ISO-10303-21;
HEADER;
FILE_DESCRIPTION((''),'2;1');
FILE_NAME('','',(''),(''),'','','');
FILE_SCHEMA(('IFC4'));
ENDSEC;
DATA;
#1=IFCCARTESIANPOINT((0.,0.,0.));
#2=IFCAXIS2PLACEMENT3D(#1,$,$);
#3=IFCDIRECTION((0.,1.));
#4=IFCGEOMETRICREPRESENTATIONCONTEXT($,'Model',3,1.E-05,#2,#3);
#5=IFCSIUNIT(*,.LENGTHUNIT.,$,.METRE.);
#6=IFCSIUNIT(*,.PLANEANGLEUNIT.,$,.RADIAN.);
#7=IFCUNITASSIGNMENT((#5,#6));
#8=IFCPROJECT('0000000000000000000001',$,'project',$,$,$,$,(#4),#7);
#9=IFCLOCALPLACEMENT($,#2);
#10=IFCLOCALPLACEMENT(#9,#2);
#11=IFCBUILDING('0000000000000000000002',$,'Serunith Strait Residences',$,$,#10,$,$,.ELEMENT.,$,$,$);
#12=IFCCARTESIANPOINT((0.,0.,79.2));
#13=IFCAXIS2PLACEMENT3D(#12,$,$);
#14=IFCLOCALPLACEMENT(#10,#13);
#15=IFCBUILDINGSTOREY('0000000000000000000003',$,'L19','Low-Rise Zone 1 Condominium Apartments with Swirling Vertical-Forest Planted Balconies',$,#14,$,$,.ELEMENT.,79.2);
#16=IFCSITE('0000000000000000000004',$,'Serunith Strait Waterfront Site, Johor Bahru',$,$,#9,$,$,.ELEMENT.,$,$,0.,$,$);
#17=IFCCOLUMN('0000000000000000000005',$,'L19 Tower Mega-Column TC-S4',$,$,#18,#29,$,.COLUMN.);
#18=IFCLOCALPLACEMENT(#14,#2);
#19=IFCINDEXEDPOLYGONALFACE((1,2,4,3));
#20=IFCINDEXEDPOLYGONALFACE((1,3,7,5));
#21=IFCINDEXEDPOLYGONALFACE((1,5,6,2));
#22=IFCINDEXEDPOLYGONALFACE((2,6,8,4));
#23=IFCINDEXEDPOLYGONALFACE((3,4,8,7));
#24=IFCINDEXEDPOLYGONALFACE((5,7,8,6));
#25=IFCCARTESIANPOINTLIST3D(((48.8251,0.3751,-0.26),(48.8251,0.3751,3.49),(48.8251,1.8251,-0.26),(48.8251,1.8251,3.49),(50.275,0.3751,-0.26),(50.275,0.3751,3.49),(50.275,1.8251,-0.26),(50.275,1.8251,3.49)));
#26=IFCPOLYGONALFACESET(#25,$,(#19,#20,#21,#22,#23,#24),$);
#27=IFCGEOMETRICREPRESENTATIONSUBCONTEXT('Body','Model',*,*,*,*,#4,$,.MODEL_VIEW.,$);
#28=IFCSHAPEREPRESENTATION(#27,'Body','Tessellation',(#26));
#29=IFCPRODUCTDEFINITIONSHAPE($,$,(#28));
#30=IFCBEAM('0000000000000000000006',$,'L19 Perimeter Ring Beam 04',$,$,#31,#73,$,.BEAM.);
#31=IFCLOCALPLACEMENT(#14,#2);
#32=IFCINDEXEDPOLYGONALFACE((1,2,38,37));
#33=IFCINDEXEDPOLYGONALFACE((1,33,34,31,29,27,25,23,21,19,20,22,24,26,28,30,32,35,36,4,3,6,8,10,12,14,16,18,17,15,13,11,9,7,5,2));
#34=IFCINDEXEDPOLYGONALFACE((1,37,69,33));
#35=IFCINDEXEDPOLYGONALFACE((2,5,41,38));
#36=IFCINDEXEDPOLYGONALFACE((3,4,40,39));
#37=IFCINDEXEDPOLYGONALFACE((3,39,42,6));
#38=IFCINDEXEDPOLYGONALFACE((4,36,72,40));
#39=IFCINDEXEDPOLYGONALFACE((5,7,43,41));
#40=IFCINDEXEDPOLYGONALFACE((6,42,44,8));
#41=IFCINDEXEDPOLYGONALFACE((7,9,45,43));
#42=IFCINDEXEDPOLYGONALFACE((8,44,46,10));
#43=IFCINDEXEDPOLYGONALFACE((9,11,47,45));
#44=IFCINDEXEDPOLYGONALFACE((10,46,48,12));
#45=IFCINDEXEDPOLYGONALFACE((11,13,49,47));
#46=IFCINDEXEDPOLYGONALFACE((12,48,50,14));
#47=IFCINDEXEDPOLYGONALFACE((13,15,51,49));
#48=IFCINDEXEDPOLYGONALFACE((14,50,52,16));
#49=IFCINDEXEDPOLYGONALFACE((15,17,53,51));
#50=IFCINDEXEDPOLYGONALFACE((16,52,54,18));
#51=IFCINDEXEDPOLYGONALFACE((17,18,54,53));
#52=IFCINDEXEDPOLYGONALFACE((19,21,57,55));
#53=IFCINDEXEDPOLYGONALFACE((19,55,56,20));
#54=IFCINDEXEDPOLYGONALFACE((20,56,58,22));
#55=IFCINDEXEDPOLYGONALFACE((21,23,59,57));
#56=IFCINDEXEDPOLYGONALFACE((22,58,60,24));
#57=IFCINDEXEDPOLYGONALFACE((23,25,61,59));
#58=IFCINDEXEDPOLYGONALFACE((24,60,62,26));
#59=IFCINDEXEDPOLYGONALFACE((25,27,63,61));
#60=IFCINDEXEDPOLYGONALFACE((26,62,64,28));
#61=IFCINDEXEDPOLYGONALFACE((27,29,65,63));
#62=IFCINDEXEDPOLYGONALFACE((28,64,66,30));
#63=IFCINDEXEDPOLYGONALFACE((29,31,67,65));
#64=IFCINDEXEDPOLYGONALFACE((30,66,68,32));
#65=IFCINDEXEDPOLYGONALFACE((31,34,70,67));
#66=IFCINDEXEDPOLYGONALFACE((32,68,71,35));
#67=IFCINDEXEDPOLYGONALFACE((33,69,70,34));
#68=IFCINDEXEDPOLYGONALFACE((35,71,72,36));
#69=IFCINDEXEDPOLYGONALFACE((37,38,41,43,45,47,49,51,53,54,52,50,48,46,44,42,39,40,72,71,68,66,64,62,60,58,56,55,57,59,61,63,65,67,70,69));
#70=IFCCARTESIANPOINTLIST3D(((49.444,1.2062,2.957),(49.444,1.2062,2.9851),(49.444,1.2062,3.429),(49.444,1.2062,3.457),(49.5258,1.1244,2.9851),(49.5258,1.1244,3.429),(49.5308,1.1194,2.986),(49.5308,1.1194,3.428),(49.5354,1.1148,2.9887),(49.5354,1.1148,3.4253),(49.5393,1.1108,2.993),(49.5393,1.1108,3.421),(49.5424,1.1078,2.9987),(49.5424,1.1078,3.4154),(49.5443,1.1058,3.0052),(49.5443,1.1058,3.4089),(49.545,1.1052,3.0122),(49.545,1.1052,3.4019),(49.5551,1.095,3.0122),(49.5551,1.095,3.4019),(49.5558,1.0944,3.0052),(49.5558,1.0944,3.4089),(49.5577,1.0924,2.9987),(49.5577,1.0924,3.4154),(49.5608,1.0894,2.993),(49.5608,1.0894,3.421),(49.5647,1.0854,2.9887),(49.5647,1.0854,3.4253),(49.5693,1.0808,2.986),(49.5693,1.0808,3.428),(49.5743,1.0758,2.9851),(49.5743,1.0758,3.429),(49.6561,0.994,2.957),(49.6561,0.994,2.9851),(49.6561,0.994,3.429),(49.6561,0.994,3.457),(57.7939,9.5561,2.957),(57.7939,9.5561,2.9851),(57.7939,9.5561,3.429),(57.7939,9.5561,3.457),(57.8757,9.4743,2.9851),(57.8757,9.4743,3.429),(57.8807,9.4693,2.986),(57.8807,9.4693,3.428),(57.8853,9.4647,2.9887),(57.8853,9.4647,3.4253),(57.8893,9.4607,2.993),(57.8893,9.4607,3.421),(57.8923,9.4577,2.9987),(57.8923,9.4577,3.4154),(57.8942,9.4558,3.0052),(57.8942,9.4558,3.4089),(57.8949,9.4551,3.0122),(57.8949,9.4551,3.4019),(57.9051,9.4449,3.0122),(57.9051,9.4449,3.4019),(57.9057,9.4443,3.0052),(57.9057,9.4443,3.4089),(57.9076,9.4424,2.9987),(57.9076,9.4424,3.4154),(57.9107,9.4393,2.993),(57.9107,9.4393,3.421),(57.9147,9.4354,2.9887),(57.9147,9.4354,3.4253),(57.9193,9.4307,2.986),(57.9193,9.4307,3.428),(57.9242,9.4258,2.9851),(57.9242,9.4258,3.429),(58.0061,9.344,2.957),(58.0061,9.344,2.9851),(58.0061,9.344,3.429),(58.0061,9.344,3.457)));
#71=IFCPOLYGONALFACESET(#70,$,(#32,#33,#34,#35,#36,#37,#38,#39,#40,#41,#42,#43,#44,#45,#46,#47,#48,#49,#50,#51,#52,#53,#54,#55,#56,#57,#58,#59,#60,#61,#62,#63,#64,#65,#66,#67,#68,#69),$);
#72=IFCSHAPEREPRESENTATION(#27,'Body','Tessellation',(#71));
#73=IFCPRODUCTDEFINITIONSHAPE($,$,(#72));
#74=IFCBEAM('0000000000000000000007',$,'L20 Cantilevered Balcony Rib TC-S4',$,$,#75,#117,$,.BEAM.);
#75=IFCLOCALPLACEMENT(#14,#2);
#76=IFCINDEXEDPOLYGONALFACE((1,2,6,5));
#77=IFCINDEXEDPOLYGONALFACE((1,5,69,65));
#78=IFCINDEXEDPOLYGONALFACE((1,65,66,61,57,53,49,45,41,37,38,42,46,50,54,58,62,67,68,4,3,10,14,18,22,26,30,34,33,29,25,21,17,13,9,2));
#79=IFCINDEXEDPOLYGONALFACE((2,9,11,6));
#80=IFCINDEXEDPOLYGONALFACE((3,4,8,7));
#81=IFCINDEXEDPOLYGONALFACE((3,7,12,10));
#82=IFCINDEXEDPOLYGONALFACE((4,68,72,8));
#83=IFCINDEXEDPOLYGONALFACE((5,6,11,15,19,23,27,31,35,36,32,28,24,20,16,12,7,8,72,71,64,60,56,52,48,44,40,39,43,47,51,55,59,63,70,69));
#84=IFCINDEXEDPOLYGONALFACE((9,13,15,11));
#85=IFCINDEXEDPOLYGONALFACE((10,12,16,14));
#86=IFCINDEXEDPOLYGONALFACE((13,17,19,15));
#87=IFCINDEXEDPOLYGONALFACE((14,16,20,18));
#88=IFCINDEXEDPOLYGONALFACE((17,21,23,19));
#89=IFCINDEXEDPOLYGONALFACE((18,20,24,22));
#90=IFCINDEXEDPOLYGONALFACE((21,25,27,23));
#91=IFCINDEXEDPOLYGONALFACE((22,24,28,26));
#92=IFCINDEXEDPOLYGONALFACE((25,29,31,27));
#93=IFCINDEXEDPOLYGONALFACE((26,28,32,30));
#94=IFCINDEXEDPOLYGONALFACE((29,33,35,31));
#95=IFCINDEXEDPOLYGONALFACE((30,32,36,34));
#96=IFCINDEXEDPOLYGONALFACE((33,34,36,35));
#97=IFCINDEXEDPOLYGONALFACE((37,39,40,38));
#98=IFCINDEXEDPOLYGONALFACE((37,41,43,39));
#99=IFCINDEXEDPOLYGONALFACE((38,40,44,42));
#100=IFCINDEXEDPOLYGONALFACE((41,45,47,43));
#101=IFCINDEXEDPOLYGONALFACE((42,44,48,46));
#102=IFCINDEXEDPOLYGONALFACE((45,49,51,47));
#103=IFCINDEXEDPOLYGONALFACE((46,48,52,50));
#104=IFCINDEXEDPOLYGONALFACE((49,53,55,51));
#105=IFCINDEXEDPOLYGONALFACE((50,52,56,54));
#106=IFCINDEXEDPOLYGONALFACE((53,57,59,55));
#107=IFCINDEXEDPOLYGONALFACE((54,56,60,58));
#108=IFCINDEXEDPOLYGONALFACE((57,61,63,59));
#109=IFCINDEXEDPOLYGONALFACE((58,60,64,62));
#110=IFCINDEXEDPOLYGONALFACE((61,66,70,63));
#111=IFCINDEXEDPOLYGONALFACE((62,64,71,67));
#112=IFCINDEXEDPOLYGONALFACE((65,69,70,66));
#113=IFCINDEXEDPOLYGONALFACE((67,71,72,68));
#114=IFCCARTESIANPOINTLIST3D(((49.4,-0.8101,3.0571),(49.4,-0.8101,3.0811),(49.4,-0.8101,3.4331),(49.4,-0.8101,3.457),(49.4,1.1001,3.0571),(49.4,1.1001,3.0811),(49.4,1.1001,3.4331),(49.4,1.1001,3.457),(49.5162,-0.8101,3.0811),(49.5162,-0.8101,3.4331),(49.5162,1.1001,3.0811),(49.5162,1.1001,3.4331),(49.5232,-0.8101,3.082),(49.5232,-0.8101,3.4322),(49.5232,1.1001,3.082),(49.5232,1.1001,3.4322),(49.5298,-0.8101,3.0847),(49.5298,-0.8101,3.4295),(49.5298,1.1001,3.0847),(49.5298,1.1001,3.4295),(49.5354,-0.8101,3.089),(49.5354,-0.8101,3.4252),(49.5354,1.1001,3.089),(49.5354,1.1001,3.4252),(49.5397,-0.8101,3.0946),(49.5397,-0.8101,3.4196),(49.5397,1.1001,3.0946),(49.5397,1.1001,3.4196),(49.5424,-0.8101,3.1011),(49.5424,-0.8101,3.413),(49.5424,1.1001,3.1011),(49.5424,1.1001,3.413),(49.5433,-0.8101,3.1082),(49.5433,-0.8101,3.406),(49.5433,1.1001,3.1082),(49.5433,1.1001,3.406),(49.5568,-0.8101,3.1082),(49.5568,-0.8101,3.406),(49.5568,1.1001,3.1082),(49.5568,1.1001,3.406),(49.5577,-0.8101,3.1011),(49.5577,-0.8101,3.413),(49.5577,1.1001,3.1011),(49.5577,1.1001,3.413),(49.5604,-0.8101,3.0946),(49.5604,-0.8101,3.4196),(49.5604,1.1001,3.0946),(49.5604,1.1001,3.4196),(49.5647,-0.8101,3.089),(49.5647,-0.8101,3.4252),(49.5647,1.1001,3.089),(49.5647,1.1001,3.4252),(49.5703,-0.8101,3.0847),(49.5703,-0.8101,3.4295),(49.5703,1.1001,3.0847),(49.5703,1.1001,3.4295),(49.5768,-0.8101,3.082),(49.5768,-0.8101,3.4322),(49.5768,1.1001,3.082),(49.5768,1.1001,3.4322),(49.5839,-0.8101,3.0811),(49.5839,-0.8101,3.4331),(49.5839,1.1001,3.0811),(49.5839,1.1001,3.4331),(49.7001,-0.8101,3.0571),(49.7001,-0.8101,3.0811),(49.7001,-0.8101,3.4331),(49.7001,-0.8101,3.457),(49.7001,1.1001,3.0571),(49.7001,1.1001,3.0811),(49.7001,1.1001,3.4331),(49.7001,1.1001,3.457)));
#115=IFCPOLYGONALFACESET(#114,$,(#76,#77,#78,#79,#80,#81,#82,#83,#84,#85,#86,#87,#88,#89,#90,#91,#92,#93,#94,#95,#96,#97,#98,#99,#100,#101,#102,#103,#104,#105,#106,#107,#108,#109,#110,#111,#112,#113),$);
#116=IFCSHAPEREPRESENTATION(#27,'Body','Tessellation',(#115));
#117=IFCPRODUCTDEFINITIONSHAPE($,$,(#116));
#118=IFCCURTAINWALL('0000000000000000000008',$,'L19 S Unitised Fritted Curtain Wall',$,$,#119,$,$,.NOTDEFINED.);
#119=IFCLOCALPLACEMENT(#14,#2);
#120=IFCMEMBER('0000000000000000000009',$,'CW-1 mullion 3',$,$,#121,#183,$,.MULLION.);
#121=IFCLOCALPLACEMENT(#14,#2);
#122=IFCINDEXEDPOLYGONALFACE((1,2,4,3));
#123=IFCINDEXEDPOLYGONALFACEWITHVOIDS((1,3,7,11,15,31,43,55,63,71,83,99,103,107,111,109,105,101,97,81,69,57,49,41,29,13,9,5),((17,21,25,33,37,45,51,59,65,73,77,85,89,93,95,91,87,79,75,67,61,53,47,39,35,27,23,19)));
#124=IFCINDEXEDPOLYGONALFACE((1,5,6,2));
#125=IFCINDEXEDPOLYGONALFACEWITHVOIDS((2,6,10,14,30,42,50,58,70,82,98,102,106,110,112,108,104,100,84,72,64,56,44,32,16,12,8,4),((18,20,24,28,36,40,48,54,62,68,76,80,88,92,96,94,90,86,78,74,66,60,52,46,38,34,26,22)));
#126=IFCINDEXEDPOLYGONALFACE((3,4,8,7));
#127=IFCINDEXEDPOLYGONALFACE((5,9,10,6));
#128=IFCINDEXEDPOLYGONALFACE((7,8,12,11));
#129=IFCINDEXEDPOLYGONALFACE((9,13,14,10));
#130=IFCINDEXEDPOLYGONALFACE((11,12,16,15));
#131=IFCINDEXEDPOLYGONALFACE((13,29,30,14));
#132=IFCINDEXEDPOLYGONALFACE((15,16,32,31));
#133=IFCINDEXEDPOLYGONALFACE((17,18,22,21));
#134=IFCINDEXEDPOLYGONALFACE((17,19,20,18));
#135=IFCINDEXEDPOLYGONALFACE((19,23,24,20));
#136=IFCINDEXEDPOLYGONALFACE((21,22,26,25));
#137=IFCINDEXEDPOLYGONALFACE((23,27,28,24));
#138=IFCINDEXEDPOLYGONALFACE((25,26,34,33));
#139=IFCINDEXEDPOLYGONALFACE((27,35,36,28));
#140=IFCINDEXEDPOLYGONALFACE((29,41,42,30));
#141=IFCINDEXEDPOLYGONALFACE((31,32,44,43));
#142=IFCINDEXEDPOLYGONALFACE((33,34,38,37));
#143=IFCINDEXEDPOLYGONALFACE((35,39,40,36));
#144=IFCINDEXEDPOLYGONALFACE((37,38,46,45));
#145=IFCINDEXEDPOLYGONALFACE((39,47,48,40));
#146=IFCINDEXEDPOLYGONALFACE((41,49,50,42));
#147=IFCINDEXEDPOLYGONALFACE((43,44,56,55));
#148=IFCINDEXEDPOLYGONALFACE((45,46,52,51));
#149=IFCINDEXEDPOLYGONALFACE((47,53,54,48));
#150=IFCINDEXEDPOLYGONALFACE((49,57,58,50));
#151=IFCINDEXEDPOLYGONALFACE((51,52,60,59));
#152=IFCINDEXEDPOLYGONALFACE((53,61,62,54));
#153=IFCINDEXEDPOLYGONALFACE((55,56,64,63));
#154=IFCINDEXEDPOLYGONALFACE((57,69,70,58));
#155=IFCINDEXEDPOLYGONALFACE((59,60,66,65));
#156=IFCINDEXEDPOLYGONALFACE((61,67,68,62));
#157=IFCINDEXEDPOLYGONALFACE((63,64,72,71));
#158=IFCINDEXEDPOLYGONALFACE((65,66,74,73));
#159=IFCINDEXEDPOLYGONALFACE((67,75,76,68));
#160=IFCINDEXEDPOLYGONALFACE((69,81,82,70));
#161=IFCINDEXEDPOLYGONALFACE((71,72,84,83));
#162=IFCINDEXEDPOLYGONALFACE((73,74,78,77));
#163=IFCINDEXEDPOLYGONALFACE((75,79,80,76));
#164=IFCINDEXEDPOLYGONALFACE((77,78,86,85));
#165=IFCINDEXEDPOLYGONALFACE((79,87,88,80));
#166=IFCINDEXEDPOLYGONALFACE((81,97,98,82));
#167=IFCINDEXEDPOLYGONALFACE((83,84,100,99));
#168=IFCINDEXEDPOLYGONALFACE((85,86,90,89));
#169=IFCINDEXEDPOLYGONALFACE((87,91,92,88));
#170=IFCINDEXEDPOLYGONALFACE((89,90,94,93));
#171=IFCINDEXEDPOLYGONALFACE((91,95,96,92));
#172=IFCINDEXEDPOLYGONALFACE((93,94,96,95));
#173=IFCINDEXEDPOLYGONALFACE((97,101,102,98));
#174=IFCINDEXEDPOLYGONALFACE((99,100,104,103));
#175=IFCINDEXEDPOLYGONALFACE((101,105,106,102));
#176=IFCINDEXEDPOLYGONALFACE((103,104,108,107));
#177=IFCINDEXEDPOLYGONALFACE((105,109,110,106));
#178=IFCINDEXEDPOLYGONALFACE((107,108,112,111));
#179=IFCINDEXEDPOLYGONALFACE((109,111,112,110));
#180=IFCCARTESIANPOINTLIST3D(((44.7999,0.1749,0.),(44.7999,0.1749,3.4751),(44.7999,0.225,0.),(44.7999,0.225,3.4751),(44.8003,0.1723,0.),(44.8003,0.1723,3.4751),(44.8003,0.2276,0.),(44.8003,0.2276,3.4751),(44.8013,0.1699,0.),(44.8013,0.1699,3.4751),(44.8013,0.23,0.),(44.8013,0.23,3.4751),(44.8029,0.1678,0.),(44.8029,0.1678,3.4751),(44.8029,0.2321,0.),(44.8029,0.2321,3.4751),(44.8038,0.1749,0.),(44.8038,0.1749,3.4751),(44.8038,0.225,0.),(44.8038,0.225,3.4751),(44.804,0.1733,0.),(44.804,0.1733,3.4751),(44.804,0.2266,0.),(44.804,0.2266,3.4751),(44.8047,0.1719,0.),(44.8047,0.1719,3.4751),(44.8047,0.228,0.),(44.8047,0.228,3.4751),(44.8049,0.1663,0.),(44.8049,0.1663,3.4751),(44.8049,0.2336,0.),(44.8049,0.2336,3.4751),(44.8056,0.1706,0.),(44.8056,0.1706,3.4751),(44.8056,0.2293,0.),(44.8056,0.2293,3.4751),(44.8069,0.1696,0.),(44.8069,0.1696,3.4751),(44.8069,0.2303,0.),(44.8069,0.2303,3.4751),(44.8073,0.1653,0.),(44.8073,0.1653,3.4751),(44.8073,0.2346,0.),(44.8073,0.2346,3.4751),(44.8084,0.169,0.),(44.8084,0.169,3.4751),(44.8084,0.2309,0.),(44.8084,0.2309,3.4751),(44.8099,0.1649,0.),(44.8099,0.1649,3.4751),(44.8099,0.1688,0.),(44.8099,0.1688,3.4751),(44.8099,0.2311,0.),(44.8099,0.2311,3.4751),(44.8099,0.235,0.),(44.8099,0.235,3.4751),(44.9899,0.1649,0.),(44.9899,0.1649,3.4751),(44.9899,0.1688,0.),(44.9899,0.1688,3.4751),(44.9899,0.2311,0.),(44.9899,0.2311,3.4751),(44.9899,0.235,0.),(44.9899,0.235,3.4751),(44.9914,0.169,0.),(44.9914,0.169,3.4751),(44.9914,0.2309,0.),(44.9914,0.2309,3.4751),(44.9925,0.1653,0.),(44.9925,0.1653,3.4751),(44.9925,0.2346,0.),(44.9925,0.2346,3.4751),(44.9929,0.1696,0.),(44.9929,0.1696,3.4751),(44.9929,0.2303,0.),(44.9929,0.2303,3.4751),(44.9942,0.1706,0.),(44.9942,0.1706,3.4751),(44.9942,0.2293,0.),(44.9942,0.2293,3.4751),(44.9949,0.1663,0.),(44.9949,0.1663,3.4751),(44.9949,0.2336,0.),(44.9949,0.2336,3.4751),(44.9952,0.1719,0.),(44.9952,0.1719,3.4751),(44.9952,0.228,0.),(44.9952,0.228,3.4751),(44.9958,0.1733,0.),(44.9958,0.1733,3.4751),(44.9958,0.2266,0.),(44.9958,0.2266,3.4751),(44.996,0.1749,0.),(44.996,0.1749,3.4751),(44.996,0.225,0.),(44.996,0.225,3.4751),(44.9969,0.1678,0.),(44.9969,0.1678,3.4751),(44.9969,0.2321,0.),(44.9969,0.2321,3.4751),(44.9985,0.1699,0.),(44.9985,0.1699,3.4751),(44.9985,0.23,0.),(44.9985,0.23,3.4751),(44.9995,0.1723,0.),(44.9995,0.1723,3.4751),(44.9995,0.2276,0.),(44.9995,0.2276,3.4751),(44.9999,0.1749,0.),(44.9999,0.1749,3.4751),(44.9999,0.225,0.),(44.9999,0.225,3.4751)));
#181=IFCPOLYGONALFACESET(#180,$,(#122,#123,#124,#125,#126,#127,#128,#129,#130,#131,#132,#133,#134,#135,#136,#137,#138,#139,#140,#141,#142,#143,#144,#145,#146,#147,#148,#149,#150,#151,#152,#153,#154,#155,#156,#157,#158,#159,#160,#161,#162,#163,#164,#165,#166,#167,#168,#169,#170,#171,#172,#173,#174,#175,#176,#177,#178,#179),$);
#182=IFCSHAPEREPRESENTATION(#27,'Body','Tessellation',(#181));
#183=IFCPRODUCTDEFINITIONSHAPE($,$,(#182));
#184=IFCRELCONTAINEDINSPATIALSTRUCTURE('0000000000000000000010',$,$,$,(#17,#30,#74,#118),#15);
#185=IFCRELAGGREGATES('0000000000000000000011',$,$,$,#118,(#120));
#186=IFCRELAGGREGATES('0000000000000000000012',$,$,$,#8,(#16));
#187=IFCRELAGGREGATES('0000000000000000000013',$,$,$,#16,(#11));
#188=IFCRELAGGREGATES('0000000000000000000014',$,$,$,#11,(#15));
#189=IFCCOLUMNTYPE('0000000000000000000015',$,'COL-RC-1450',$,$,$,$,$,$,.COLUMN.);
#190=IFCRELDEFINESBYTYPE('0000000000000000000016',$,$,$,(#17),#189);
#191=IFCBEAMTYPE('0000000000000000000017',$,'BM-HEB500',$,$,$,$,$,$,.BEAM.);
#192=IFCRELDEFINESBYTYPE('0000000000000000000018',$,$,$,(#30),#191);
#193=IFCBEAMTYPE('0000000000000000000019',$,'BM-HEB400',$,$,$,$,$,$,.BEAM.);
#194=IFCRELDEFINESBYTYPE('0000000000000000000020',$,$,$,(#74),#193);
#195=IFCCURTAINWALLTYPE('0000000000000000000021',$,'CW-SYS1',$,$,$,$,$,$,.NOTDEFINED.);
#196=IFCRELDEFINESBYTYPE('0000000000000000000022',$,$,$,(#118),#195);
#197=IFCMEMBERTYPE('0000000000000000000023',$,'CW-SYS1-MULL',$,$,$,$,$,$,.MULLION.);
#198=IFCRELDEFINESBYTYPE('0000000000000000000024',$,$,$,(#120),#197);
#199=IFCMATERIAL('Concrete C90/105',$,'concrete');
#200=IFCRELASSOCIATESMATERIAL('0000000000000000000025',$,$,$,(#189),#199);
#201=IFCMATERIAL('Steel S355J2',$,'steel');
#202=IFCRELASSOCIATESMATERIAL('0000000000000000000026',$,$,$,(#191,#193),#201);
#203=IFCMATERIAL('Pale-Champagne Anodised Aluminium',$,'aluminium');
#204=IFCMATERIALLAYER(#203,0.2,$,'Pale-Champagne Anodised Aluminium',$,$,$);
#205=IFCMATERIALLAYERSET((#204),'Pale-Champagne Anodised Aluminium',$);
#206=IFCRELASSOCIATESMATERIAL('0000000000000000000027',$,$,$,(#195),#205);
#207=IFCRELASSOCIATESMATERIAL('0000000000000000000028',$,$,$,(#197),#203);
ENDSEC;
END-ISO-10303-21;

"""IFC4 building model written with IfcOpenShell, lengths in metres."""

from ifc_helpers import new_model, si_unit, direction, frame, origin, origin_2d, place, context, subcontext, project, spatial, rectangle, hollow_rectangle, i_section, extrude, source, transform, mapped, material, layer, layer_set, material_profile, profile_set, type_object, element, aggregate, save


model = new_model("IFC4")

# Units and contexts
model_context = context("Model", 3, precision=1e-05, world=origin(), true_north=direction((0.0, 1.0)))
body_context = subcontext(model_context, "Body", "Model", "MODEL_VIEW")
ifc_project = project(units=[si_unit("LENGTHUNIT", "METRE"), si_unit("PLANEANGLEUNIT", "RADIAN")], contexts=[model_context])

# Site, building, storey
site_placement = place(None, origin())
site = spatial("IfcSite", under=ifc_project, at=site_placement, Name="Serunith Strait Waterfront Site, Johor Bahru", CompositionType="ELEMENT", RefElevation=0.0)
building_placement = place(site_placement, origin())
building = spatial("IfcBuilding", under=site, at=building_placement, Name="Serunith Strait Residences", CompositionType="ELEMENT")
storey_placement = place(building_placement, frame((0.0, 0.0, 79.2)))
storey = spatial("IfcBuildingStorey", under=building, at=storey_placement, Name="L19", Description="Low-Rise Zone 1 Condominium Apartments with Swirling Vertical-Forest Planted Balconies", CompositionType="ELEMENT", Elevation=79.2)

# Column
ifc_material_1 = material(Name="Concrete C90/105", Category="concrete")
ifc_material_profile_1 = material_profile(ifc_material_1, rectangle(XDim=1.45, YDim=1.45, at=origin_2d()), Name="RC 1450x1450")
ifc_profile_set_1 = profile_set([ifc_material_profile_1], Name="Concrete C90/105")
column_type = type_object("IfcColumnType", Name="COL-RC-1450", PredefinedType="COLUMN", material=ifc_profile_set_1)
shared_shape_1 = source(origin(), body_context, "Body", "SweptSolid", [
    extrude(rectangle(XDim=1.45, YDim=1.45, at=origin_2d()), origin(), (0.0, 0.0, 1.0), 3.75),
])
column_placement = place(storey_placement, frame((49.55, 1.1001, -0.26), z_axis=(0.0, 0.0, 1.0), x_axis=(1.0, 0.0, 0.0)))
element("IfcColumn", 1, at=column_placement, inside=storey, type_object=column_type, Name="L19 Tower Mega-Column TC-S4", PredefinedType="COLUMN", context=body_context, shape_type="MappedRepresentation", body=[
    mapped(shared_shape_1, transform((0.0, 0.0, 0.0), scale=1.0)),
])

# Beams
ifc_material_2 = material(Name="Steel S355J2", Category="steel")
ifc_material_profile_2 = material_profile(ifc_material_2, i_section(OverallWidth=0.3, OverallDepth=0.5, WebThickness=0.0144, FlangeThickness=0.0281, FilletRadius=0.0271, at=origin_2d()), Name="HEB 500")
ifc_profile_set_2 = profile_set([ifc_material_profile_2], Name="Steel S355J2")
beam_type_1 = type_object("IfcBeamType", Name="BM-HEB500", PredefinedType="BEAM", material=ifc_profile_set_2)
shared_shape_2 = source(origin(), body_context, "Body", "SweptSolid", [
    extrude(i_section(OverallWidth=0.3, OverallDepth=0.5, WebThickness=0.0144, FlangeThickness=0.0281, FilletRadius=0.0271, at=origin_2d()), origin(), (0.0, 0.0, 1.0), 11.8086),
])
beam_1_placement = place(storey_placement, frame((49.55, 1.1001, 3.207), z_axis=(0.707107, 0.707107, 0.0), x_axis=(-0.707107, 0.707107, 0.0)))
element("IfcBeam", 2, at=beam_1_placement, inside=storey, type_object=beam_type_1, Name="L19 Perimeter Ring Beam 04", PredefinedType="BEAM", context=body_context, shape_type="MappedRepresentation", body=[
    mapped(shared_shape_2, transform((0.0, 0.0, 0.0), scale=1.0)),
])
ifc_material_profile_3 = material_profile(ifc_material_2, i_section(OverallWidth=0.3, OverallDepth=0.3999, WebThickness=0.0134, FlangeThickness=0.0239, FilletRadius=0.0271, at=origin_2d()), Name="HEB 400")
ifc_profile_set_3 = profile_set([ifc_material_profile_3], Name="Steel S355J2")
beam_type_2 = type_object("IfcBeamType", Name="BM-HEB400", PredefinedType="BEAM", material=ifc_profile_set_3)
shared_shape_3 = source(origin(), body_context, "Body", "SweptSolid", [
    extrude(i_section(OverallWidth=0.3, OverallDepth=0.3999, WebThickness=0.0134, FlangeThickness=0.0239, FilletRadius=0.0271, at=origin_2d()), origin(), (0.0, 0.0, 1.0), 1.9102),
])
beam_2_placement = place(storey_placement, frame((49.55, 1.1001, 3.2571), z_axis=(0.0, -1.0, 0.0), x_axis=(1.0, 0.0, 0.0)))
element("IfcBeam", 3, at=beam_2_placement, inside=storey, type_object=beam_type_2, Name="L20 Cantilevered Balcony Rib TC-S4", PredefinedType="BEAM", context=body_context, shape_type="MappedRepresentation", body=[
    mapped(shared_shape_3, transform((0.0, 0.0, 0.0), scale=1.0)),
])

# Curtain wall, member
ifc_material_3 = material(Name="Pale-Champagne Anodised Aluminium", Category="aluminium")
ifc_layer_1 = layer(ifc_material_3, 0.2, Name="Pale-Champagne Anodised Aluminium")
ifc_layer_set_1 = layer_set([ifc_layer_1], Name="Pale-Champagne Anodised Aluminium")
curtain_wall_type = type_object("IfcCurtainWallType", Name="CW-SYS1", PredefinedType="NOTDEFINED", material=ifc_layer_set_1)
curtain_wall_1_placement = place(storey_placement, origin())
curtain_wall_1 = element("IfcCurtainWall", 4, at=curtain_wall_1_placement, inside=storey, type_object=curtain_wall_type, Name="L19 S Unitised Fritted Curtain Wall", PredefinedType="NOTDEFINED")
ifc_material_profile_4 = material_profile(ifc_material_3, hollow_rectangle(XDim=0.0701, YDim=0.2, WallThickness=0.0039, InnerFilletRadius=0.0061, OuterFilletRadius=0.01, at=origin_2d()), Name="ALU 200x70x4")
ifc_profile_set_4 = profile_set([ifc_material_profile_4], Name="Pale-Champagne Anodised Aluminium")
member_type_1 = type_object("IfcMemberType", Name="CW-SYS1-MULL", PredefinedType="MULLION", material=ifc_profile_set_4)
shared_shape_4 = source(origin(), body_context, "Body", "SweptSolid", [
    extrude(hollow_rectangle(XDim=0.0701, YDim=0.2, WallThickness=0.0039, InnerFilletRadius=0.0061, OuterFilletRadius=0.01, at=origin_2d()), origin(), (0.0, 0.0, 1.0), 3.4751),
])
member_1_placement = place(storey_placement, frame((44.8999, 0.2, 0.0), z_axis=(0.0, 0.0, 1.0), x_axis=(0.0, 1.0, 0.0)))
member_1 = element("IfcMember", 5, at=member_1_placement, type_object=member_type_1, Name="CW-1 mullion 3", PredefinedType="MULLION", context=body_context, shape_type="MappedRepresentation", body=[
    mapped(shared_shape_4, transform((0.0, 0.0, 0.0), scale=1.0)),
])

aggregate(curtain_wall_1, [member_1])

save(model, "model.ifc")
